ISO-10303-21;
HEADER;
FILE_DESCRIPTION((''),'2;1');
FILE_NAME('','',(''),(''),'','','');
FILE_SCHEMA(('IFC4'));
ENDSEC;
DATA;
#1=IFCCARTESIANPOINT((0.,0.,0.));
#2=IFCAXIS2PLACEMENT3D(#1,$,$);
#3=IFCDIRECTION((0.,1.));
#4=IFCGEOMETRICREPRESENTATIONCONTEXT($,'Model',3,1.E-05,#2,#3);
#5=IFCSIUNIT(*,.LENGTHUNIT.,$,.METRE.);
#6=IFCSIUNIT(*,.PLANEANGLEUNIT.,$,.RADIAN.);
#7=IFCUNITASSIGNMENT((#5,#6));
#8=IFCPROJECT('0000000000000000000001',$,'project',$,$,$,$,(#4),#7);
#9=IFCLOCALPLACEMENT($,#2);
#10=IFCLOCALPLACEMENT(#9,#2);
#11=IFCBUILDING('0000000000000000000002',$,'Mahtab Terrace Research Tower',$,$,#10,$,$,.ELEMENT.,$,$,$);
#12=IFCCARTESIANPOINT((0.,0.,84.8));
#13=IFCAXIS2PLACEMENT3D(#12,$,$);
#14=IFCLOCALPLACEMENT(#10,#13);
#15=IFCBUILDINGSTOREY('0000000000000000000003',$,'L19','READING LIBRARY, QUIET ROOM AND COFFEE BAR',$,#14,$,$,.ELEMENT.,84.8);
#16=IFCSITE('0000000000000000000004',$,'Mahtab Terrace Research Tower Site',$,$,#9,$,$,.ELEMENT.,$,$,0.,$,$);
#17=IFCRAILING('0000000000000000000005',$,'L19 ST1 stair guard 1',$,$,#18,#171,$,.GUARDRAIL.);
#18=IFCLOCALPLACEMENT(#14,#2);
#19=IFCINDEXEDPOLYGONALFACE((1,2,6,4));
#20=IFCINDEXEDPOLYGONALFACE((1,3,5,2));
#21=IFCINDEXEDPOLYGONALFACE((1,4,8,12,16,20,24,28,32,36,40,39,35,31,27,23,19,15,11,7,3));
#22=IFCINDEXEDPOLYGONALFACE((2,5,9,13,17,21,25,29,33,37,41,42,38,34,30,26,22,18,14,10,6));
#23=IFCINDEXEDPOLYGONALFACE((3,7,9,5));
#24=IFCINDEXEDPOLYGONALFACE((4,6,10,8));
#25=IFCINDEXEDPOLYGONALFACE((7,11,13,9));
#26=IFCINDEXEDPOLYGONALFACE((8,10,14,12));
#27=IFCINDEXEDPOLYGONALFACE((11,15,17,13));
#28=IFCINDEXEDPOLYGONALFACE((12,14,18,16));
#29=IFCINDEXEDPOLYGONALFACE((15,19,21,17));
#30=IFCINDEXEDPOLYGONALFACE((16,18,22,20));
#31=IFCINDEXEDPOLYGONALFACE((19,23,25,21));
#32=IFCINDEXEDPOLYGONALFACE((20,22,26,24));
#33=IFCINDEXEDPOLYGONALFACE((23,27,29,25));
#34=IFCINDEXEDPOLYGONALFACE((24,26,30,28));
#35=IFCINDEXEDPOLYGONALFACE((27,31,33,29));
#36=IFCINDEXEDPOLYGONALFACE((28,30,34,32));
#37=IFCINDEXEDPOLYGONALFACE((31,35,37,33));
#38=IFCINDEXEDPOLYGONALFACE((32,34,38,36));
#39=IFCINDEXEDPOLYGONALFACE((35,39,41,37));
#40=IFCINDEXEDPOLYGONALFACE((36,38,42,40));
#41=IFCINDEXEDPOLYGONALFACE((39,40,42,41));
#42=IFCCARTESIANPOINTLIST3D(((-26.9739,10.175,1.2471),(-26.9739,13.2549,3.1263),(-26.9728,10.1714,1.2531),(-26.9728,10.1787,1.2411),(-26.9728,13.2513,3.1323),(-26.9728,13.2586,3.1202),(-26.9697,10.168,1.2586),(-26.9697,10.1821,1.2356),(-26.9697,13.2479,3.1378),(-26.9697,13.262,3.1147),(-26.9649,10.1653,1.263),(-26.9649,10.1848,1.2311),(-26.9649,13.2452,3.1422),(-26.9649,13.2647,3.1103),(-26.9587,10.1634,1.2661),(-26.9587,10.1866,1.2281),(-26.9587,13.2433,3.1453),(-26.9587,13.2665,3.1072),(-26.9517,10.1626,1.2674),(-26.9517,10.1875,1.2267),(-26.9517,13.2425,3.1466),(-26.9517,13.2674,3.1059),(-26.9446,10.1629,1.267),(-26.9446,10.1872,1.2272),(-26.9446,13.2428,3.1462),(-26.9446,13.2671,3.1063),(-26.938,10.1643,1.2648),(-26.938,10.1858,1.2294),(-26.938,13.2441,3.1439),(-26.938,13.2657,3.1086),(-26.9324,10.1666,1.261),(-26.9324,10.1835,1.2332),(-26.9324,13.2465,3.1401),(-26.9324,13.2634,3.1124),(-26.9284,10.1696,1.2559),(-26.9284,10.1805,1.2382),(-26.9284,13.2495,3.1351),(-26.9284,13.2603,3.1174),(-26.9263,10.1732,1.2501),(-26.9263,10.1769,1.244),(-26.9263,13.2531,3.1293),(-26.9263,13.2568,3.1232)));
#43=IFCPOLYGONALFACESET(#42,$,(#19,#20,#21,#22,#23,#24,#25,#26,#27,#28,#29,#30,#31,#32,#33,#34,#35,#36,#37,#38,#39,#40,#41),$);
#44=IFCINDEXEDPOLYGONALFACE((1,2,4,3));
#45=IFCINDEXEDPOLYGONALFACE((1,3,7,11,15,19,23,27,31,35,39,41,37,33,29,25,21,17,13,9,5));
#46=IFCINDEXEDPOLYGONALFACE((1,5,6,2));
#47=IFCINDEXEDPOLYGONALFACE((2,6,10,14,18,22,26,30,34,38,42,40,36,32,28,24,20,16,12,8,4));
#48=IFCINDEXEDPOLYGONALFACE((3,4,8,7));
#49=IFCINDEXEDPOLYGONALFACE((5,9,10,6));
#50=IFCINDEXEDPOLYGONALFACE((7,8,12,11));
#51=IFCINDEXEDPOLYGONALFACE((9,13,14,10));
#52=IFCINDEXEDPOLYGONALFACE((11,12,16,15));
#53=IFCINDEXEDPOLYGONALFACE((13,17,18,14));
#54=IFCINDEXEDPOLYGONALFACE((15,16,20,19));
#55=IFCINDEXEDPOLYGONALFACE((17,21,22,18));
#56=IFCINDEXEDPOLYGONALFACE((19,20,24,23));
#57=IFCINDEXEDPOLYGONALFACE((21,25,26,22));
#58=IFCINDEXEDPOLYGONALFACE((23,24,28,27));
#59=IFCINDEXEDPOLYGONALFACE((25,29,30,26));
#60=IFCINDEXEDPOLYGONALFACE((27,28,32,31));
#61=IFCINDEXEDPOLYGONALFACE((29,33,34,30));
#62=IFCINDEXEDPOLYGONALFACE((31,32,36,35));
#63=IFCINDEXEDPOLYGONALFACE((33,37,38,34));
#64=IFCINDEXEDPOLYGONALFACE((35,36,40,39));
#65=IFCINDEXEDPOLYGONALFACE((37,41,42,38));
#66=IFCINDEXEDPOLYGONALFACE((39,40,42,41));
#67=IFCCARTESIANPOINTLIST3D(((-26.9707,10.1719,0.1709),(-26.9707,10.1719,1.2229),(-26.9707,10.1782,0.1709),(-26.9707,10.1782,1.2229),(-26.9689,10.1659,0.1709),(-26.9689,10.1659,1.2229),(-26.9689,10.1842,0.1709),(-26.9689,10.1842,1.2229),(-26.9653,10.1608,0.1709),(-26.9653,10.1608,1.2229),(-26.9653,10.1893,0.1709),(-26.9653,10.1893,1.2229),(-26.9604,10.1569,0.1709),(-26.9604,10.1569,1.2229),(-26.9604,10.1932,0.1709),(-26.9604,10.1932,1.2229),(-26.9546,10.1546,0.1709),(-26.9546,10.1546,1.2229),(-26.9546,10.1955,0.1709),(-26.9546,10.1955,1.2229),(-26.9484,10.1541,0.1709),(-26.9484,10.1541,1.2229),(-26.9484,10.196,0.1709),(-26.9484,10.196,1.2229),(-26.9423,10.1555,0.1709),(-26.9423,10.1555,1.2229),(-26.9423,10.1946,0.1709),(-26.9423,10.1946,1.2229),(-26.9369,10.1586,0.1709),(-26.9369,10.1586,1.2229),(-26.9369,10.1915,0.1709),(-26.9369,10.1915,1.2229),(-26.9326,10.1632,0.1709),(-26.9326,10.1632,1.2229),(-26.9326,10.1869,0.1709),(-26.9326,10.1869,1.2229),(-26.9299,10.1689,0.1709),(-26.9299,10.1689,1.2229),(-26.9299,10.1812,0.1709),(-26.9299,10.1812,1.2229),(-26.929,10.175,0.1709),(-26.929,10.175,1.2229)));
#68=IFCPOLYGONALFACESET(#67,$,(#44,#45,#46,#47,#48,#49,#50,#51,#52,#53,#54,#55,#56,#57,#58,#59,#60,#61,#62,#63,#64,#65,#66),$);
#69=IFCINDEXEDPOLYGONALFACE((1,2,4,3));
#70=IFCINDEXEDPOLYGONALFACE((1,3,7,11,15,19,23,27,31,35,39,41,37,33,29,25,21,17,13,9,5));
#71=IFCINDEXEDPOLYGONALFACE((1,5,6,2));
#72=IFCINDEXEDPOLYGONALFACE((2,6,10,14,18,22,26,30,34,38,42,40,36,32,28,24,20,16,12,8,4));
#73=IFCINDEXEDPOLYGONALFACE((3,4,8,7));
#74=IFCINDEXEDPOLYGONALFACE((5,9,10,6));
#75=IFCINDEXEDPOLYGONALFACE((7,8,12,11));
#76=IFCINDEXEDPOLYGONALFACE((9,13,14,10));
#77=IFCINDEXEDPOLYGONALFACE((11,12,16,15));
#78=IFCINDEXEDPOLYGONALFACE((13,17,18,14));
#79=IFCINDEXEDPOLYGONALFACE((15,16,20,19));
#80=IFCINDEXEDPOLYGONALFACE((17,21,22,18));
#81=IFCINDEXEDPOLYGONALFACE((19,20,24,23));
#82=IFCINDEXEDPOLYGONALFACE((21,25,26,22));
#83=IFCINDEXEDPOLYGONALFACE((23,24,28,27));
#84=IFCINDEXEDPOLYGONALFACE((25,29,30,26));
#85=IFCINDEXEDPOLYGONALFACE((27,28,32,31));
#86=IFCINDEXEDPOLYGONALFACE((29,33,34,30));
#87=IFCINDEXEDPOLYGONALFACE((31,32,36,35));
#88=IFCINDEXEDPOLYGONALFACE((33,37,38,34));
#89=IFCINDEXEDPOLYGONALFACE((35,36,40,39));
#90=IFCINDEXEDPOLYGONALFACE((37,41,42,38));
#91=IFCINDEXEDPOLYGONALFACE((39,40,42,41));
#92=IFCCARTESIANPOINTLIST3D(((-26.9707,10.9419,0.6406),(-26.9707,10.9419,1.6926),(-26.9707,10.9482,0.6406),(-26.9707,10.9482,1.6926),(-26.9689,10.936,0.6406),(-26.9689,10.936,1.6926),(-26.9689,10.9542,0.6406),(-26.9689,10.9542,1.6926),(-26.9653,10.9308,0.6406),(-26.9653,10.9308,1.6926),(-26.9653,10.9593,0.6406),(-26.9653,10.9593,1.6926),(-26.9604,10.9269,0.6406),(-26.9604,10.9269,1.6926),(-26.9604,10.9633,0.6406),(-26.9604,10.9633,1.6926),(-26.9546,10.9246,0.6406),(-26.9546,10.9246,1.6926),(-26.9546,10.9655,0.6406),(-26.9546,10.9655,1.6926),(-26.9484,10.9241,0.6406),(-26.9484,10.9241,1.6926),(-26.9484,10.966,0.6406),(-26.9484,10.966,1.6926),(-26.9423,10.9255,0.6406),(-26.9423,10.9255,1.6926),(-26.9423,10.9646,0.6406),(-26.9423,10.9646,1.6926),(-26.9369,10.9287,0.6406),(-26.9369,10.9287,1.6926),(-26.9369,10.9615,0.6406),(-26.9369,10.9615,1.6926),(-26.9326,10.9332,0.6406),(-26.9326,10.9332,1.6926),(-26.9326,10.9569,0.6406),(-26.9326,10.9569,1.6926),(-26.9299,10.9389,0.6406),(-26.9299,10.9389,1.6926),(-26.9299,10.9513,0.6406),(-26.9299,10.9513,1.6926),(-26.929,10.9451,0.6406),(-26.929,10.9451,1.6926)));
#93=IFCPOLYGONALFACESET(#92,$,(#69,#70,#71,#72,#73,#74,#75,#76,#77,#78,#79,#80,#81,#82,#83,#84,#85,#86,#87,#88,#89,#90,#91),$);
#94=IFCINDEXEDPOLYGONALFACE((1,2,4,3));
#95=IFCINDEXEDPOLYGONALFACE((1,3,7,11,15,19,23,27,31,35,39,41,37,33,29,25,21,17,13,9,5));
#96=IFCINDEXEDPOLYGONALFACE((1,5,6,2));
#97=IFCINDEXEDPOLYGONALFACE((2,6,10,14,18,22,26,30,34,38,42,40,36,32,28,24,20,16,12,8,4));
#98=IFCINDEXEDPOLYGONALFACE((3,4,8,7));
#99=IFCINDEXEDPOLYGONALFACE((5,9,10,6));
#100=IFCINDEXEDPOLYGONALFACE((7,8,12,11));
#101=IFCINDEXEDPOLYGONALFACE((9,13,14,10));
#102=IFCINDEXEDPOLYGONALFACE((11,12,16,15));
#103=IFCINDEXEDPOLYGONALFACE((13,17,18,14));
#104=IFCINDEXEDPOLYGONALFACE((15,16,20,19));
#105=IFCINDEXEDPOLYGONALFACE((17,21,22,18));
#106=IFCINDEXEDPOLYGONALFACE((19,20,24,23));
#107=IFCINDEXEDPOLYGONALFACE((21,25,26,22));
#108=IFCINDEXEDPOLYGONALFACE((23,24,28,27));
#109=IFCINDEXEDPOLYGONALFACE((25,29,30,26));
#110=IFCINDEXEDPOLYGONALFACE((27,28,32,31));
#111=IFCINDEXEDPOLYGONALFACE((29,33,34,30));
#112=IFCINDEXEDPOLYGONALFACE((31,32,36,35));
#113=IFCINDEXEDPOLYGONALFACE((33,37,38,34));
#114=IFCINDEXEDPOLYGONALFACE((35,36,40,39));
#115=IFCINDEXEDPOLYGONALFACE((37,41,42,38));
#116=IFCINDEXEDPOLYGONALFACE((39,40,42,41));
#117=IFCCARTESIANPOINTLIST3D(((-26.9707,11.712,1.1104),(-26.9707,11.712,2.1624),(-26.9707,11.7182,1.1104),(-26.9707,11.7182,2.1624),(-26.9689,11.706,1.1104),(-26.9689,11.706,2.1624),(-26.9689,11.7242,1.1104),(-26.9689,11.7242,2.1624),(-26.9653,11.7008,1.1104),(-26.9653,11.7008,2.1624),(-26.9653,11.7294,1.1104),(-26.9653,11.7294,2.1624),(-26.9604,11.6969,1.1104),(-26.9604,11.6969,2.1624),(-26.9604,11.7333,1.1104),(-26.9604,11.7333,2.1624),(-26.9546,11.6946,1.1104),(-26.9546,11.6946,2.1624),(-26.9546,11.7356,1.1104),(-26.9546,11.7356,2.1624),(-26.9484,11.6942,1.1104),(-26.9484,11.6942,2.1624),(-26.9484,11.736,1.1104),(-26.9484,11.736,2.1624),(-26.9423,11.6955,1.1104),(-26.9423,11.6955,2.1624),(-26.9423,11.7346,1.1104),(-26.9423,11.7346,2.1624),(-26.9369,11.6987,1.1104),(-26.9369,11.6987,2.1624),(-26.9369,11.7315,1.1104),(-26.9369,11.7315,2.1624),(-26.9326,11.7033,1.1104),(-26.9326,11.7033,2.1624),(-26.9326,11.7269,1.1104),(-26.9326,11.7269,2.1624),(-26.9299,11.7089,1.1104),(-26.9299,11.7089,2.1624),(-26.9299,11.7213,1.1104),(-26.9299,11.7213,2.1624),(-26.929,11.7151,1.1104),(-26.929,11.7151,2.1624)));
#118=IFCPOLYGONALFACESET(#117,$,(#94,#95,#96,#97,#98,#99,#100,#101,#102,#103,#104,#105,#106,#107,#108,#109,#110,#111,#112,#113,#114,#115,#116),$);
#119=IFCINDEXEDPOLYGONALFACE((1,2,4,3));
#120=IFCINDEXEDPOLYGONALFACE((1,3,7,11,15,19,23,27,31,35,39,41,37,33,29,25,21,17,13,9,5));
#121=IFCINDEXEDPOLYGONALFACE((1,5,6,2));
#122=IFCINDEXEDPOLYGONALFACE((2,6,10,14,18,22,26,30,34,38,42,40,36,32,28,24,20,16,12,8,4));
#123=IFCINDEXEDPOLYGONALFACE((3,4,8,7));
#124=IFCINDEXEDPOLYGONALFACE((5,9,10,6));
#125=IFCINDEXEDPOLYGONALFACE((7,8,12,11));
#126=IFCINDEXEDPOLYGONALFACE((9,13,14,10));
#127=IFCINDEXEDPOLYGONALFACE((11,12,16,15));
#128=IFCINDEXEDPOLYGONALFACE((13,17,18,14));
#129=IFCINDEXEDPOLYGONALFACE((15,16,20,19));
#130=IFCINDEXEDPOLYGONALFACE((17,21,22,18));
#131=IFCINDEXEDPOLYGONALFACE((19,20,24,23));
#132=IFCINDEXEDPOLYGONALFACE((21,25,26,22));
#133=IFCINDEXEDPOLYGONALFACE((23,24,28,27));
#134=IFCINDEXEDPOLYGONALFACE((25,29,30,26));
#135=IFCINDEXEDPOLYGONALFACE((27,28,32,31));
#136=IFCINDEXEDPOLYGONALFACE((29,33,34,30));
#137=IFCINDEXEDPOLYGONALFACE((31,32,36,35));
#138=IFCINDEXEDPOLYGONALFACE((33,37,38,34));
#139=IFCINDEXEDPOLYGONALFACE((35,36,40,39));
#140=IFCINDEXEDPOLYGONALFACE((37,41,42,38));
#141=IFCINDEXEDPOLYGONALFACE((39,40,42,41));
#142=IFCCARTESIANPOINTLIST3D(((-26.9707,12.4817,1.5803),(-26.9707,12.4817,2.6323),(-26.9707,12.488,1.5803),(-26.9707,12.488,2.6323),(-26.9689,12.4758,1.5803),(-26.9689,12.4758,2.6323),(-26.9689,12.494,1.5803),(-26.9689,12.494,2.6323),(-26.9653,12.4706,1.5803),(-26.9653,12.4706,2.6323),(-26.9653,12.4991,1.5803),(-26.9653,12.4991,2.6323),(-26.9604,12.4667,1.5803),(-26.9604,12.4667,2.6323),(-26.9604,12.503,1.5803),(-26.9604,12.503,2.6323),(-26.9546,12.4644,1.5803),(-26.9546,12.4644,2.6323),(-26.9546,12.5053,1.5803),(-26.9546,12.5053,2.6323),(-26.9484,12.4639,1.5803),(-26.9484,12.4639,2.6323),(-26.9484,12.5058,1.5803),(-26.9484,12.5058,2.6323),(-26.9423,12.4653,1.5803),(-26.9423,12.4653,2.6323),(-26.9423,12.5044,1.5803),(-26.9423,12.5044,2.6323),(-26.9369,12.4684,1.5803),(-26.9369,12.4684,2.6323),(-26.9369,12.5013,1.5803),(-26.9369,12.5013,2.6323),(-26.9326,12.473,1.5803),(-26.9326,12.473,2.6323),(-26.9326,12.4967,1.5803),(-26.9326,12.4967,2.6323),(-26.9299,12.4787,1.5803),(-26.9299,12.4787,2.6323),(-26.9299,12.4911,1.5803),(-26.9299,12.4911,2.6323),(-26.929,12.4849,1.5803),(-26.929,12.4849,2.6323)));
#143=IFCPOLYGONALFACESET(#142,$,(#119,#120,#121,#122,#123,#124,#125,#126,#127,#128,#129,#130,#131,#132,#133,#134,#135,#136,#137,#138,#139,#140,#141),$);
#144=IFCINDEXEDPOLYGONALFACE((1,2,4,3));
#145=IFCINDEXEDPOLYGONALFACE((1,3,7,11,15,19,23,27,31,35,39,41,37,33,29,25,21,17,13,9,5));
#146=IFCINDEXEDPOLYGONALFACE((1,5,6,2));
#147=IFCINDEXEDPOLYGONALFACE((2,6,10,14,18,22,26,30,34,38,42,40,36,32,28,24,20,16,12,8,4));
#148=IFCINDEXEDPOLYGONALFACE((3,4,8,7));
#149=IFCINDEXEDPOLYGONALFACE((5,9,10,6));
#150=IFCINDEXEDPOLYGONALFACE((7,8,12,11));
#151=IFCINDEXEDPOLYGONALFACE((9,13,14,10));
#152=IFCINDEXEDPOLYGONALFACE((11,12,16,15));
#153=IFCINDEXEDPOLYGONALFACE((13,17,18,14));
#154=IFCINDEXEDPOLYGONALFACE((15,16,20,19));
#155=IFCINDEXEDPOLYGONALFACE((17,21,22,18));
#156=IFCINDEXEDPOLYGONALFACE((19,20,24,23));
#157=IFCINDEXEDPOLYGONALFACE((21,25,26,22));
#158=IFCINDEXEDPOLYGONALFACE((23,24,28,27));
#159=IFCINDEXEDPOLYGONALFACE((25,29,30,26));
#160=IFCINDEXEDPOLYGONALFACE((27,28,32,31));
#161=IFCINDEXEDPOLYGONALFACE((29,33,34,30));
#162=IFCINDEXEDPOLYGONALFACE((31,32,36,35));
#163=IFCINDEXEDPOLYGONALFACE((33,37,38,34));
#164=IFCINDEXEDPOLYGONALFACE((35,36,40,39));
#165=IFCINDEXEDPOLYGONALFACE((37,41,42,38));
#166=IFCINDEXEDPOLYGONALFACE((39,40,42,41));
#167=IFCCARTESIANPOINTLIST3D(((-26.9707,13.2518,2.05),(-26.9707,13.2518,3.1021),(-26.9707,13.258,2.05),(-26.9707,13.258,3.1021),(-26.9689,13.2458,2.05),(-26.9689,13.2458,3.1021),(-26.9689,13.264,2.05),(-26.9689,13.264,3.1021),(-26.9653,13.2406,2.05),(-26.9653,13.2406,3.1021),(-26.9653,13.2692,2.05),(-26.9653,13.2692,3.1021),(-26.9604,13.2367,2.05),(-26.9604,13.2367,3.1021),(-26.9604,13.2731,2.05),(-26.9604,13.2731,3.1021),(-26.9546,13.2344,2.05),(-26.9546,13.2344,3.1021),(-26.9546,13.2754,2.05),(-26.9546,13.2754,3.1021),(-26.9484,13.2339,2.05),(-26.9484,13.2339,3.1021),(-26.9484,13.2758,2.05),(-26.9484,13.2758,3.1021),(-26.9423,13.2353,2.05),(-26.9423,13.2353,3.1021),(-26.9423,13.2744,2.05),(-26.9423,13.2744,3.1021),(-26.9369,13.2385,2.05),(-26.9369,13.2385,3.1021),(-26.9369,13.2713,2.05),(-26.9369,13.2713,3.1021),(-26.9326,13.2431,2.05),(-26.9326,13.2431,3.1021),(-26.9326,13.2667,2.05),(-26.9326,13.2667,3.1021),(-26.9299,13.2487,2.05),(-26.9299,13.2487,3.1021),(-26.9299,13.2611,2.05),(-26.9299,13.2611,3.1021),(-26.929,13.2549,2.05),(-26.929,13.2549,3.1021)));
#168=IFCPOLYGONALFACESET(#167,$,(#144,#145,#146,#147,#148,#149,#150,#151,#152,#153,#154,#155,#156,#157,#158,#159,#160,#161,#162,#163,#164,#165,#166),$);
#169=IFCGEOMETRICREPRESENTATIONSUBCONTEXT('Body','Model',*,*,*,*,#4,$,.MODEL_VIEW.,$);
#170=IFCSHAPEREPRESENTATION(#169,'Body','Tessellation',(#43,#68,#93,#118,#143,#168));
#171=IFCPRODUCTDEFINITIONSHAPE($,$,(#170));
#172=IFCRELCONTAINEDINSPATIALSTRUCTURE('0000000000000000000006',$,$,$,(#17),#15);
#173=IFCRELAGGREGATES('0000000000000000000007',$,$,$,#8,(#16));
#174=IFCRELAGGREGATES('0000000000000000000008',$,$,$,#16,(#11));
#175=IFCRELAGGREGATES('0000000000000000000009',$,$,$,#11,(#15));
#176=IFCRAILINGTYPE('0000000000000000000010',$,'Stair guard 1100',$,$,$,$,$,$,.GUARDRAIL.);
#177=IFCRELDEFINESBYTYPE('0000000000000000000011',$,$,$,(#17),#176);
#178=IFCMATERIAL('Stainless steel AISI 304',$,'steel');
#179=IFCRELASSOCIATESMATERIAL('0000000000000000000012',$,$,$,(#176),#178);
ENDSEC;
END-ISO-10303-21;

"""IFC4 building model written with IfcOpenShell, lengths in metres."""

from ifc_helpers import new_model, si_unit, direction, frame, origin, origin_2d, place, context, subcontext, project, spatial, circle, extrude, material, type_object, element, save


model = new_model("IFC4")

# Units and contexts
model_context = context("Model", 3, precision=1e-05, world=origin(), true_north=direction((0.0, 1.0)))
body_context = subcontext(model_context, "Body", "Model", "MODEL_VIEW")
ifc_project = project(units=[si_unit("LENGTHUNIT", "METRE"), si_unit("PLANEANGLEUNIT", "RADIAN")], contexts=[model_context])

# Site, building, storey
site_placement = place(None, origin())
site = spatial("IfcSite", under=ifc_project, at=site_placement, Name="Mahtab Terrace Research Tower Site", CompositionType="ELEMENT", RefElevation=0.0)
building_placement = place(site_placement, origin())
building = spatial("IfcBuilding", under=site, at=building_placement, Name="Mahtab Terrace Research Tower", CompositionType="ELEMENT")
storey_placement = place(building_placement, frame((0.0, 0.0, 84.8)))
storey = spatial("IfcBuildingStorey", under=building, at=storey_placement, Name="L19", Description="READING LIBRARY, QUIET ROOM AND COFFEE BAR", CompositionType="ELEMENT", Elevation=84.8)

# Railing
ifc_material_1 = material(Name="Stainless steel AISI 304", Category="steel")
railing_type_1 = type_object("IfcRailingType", Name="Stair guard 1100", PredefinedType="GUARDRAIL", material=ifc_material_1)
railing_1_placement = place(storey_placement, frame((-26.95, 10.175, 0.1709)))
element("IfcRailing", 1, at=railing_1_placement, inside=storey, type_object=railing_type_1, Name="L19 ST1 stair guard 1", PredefinedType="GUARDRAIL", context=body_context, shape_type="SweptSolid", body=[
    extrude(circle(Radius=0.0239, at=origin_2d()), frame((0.0, 0.0, 1.0762), z_axis=(0.0, 0.853648, 0.52085), x_axis=(-1.0, 0.0, 0.0)), (0.0, 0.0, 1.0), 3.6079),
    extrude(circle(Radius=0.021, at=origin_2d()), origin(), (0.0, 0.0, 1.0), 1.052),
    extrude(circle(Radius=0.021, at=origin_2d()), frame((0.0, 0.77, 0.4697)), (0.0, 0.0, 1.0), 1.052),
    extrude(circle(Radius=0.021, at=origin_2d()), frame((0.0, 1.54, 0.9395)), (0.0, 0.0, 1.0), 1.052),
    extrude(circle(Radius=0.021, at=origin_2d()), frame((0.0, 2.3098, 1.4094)), (0.0, 0.0, 1.0), 1.052),
    extrude(circle(Radius=0.021, at=origin_2d()), frame((0.0, 3.0798, 1.8792)), (0.0, 0.0, 1.0), 1.052),
])

save(model, "model.ifc")
